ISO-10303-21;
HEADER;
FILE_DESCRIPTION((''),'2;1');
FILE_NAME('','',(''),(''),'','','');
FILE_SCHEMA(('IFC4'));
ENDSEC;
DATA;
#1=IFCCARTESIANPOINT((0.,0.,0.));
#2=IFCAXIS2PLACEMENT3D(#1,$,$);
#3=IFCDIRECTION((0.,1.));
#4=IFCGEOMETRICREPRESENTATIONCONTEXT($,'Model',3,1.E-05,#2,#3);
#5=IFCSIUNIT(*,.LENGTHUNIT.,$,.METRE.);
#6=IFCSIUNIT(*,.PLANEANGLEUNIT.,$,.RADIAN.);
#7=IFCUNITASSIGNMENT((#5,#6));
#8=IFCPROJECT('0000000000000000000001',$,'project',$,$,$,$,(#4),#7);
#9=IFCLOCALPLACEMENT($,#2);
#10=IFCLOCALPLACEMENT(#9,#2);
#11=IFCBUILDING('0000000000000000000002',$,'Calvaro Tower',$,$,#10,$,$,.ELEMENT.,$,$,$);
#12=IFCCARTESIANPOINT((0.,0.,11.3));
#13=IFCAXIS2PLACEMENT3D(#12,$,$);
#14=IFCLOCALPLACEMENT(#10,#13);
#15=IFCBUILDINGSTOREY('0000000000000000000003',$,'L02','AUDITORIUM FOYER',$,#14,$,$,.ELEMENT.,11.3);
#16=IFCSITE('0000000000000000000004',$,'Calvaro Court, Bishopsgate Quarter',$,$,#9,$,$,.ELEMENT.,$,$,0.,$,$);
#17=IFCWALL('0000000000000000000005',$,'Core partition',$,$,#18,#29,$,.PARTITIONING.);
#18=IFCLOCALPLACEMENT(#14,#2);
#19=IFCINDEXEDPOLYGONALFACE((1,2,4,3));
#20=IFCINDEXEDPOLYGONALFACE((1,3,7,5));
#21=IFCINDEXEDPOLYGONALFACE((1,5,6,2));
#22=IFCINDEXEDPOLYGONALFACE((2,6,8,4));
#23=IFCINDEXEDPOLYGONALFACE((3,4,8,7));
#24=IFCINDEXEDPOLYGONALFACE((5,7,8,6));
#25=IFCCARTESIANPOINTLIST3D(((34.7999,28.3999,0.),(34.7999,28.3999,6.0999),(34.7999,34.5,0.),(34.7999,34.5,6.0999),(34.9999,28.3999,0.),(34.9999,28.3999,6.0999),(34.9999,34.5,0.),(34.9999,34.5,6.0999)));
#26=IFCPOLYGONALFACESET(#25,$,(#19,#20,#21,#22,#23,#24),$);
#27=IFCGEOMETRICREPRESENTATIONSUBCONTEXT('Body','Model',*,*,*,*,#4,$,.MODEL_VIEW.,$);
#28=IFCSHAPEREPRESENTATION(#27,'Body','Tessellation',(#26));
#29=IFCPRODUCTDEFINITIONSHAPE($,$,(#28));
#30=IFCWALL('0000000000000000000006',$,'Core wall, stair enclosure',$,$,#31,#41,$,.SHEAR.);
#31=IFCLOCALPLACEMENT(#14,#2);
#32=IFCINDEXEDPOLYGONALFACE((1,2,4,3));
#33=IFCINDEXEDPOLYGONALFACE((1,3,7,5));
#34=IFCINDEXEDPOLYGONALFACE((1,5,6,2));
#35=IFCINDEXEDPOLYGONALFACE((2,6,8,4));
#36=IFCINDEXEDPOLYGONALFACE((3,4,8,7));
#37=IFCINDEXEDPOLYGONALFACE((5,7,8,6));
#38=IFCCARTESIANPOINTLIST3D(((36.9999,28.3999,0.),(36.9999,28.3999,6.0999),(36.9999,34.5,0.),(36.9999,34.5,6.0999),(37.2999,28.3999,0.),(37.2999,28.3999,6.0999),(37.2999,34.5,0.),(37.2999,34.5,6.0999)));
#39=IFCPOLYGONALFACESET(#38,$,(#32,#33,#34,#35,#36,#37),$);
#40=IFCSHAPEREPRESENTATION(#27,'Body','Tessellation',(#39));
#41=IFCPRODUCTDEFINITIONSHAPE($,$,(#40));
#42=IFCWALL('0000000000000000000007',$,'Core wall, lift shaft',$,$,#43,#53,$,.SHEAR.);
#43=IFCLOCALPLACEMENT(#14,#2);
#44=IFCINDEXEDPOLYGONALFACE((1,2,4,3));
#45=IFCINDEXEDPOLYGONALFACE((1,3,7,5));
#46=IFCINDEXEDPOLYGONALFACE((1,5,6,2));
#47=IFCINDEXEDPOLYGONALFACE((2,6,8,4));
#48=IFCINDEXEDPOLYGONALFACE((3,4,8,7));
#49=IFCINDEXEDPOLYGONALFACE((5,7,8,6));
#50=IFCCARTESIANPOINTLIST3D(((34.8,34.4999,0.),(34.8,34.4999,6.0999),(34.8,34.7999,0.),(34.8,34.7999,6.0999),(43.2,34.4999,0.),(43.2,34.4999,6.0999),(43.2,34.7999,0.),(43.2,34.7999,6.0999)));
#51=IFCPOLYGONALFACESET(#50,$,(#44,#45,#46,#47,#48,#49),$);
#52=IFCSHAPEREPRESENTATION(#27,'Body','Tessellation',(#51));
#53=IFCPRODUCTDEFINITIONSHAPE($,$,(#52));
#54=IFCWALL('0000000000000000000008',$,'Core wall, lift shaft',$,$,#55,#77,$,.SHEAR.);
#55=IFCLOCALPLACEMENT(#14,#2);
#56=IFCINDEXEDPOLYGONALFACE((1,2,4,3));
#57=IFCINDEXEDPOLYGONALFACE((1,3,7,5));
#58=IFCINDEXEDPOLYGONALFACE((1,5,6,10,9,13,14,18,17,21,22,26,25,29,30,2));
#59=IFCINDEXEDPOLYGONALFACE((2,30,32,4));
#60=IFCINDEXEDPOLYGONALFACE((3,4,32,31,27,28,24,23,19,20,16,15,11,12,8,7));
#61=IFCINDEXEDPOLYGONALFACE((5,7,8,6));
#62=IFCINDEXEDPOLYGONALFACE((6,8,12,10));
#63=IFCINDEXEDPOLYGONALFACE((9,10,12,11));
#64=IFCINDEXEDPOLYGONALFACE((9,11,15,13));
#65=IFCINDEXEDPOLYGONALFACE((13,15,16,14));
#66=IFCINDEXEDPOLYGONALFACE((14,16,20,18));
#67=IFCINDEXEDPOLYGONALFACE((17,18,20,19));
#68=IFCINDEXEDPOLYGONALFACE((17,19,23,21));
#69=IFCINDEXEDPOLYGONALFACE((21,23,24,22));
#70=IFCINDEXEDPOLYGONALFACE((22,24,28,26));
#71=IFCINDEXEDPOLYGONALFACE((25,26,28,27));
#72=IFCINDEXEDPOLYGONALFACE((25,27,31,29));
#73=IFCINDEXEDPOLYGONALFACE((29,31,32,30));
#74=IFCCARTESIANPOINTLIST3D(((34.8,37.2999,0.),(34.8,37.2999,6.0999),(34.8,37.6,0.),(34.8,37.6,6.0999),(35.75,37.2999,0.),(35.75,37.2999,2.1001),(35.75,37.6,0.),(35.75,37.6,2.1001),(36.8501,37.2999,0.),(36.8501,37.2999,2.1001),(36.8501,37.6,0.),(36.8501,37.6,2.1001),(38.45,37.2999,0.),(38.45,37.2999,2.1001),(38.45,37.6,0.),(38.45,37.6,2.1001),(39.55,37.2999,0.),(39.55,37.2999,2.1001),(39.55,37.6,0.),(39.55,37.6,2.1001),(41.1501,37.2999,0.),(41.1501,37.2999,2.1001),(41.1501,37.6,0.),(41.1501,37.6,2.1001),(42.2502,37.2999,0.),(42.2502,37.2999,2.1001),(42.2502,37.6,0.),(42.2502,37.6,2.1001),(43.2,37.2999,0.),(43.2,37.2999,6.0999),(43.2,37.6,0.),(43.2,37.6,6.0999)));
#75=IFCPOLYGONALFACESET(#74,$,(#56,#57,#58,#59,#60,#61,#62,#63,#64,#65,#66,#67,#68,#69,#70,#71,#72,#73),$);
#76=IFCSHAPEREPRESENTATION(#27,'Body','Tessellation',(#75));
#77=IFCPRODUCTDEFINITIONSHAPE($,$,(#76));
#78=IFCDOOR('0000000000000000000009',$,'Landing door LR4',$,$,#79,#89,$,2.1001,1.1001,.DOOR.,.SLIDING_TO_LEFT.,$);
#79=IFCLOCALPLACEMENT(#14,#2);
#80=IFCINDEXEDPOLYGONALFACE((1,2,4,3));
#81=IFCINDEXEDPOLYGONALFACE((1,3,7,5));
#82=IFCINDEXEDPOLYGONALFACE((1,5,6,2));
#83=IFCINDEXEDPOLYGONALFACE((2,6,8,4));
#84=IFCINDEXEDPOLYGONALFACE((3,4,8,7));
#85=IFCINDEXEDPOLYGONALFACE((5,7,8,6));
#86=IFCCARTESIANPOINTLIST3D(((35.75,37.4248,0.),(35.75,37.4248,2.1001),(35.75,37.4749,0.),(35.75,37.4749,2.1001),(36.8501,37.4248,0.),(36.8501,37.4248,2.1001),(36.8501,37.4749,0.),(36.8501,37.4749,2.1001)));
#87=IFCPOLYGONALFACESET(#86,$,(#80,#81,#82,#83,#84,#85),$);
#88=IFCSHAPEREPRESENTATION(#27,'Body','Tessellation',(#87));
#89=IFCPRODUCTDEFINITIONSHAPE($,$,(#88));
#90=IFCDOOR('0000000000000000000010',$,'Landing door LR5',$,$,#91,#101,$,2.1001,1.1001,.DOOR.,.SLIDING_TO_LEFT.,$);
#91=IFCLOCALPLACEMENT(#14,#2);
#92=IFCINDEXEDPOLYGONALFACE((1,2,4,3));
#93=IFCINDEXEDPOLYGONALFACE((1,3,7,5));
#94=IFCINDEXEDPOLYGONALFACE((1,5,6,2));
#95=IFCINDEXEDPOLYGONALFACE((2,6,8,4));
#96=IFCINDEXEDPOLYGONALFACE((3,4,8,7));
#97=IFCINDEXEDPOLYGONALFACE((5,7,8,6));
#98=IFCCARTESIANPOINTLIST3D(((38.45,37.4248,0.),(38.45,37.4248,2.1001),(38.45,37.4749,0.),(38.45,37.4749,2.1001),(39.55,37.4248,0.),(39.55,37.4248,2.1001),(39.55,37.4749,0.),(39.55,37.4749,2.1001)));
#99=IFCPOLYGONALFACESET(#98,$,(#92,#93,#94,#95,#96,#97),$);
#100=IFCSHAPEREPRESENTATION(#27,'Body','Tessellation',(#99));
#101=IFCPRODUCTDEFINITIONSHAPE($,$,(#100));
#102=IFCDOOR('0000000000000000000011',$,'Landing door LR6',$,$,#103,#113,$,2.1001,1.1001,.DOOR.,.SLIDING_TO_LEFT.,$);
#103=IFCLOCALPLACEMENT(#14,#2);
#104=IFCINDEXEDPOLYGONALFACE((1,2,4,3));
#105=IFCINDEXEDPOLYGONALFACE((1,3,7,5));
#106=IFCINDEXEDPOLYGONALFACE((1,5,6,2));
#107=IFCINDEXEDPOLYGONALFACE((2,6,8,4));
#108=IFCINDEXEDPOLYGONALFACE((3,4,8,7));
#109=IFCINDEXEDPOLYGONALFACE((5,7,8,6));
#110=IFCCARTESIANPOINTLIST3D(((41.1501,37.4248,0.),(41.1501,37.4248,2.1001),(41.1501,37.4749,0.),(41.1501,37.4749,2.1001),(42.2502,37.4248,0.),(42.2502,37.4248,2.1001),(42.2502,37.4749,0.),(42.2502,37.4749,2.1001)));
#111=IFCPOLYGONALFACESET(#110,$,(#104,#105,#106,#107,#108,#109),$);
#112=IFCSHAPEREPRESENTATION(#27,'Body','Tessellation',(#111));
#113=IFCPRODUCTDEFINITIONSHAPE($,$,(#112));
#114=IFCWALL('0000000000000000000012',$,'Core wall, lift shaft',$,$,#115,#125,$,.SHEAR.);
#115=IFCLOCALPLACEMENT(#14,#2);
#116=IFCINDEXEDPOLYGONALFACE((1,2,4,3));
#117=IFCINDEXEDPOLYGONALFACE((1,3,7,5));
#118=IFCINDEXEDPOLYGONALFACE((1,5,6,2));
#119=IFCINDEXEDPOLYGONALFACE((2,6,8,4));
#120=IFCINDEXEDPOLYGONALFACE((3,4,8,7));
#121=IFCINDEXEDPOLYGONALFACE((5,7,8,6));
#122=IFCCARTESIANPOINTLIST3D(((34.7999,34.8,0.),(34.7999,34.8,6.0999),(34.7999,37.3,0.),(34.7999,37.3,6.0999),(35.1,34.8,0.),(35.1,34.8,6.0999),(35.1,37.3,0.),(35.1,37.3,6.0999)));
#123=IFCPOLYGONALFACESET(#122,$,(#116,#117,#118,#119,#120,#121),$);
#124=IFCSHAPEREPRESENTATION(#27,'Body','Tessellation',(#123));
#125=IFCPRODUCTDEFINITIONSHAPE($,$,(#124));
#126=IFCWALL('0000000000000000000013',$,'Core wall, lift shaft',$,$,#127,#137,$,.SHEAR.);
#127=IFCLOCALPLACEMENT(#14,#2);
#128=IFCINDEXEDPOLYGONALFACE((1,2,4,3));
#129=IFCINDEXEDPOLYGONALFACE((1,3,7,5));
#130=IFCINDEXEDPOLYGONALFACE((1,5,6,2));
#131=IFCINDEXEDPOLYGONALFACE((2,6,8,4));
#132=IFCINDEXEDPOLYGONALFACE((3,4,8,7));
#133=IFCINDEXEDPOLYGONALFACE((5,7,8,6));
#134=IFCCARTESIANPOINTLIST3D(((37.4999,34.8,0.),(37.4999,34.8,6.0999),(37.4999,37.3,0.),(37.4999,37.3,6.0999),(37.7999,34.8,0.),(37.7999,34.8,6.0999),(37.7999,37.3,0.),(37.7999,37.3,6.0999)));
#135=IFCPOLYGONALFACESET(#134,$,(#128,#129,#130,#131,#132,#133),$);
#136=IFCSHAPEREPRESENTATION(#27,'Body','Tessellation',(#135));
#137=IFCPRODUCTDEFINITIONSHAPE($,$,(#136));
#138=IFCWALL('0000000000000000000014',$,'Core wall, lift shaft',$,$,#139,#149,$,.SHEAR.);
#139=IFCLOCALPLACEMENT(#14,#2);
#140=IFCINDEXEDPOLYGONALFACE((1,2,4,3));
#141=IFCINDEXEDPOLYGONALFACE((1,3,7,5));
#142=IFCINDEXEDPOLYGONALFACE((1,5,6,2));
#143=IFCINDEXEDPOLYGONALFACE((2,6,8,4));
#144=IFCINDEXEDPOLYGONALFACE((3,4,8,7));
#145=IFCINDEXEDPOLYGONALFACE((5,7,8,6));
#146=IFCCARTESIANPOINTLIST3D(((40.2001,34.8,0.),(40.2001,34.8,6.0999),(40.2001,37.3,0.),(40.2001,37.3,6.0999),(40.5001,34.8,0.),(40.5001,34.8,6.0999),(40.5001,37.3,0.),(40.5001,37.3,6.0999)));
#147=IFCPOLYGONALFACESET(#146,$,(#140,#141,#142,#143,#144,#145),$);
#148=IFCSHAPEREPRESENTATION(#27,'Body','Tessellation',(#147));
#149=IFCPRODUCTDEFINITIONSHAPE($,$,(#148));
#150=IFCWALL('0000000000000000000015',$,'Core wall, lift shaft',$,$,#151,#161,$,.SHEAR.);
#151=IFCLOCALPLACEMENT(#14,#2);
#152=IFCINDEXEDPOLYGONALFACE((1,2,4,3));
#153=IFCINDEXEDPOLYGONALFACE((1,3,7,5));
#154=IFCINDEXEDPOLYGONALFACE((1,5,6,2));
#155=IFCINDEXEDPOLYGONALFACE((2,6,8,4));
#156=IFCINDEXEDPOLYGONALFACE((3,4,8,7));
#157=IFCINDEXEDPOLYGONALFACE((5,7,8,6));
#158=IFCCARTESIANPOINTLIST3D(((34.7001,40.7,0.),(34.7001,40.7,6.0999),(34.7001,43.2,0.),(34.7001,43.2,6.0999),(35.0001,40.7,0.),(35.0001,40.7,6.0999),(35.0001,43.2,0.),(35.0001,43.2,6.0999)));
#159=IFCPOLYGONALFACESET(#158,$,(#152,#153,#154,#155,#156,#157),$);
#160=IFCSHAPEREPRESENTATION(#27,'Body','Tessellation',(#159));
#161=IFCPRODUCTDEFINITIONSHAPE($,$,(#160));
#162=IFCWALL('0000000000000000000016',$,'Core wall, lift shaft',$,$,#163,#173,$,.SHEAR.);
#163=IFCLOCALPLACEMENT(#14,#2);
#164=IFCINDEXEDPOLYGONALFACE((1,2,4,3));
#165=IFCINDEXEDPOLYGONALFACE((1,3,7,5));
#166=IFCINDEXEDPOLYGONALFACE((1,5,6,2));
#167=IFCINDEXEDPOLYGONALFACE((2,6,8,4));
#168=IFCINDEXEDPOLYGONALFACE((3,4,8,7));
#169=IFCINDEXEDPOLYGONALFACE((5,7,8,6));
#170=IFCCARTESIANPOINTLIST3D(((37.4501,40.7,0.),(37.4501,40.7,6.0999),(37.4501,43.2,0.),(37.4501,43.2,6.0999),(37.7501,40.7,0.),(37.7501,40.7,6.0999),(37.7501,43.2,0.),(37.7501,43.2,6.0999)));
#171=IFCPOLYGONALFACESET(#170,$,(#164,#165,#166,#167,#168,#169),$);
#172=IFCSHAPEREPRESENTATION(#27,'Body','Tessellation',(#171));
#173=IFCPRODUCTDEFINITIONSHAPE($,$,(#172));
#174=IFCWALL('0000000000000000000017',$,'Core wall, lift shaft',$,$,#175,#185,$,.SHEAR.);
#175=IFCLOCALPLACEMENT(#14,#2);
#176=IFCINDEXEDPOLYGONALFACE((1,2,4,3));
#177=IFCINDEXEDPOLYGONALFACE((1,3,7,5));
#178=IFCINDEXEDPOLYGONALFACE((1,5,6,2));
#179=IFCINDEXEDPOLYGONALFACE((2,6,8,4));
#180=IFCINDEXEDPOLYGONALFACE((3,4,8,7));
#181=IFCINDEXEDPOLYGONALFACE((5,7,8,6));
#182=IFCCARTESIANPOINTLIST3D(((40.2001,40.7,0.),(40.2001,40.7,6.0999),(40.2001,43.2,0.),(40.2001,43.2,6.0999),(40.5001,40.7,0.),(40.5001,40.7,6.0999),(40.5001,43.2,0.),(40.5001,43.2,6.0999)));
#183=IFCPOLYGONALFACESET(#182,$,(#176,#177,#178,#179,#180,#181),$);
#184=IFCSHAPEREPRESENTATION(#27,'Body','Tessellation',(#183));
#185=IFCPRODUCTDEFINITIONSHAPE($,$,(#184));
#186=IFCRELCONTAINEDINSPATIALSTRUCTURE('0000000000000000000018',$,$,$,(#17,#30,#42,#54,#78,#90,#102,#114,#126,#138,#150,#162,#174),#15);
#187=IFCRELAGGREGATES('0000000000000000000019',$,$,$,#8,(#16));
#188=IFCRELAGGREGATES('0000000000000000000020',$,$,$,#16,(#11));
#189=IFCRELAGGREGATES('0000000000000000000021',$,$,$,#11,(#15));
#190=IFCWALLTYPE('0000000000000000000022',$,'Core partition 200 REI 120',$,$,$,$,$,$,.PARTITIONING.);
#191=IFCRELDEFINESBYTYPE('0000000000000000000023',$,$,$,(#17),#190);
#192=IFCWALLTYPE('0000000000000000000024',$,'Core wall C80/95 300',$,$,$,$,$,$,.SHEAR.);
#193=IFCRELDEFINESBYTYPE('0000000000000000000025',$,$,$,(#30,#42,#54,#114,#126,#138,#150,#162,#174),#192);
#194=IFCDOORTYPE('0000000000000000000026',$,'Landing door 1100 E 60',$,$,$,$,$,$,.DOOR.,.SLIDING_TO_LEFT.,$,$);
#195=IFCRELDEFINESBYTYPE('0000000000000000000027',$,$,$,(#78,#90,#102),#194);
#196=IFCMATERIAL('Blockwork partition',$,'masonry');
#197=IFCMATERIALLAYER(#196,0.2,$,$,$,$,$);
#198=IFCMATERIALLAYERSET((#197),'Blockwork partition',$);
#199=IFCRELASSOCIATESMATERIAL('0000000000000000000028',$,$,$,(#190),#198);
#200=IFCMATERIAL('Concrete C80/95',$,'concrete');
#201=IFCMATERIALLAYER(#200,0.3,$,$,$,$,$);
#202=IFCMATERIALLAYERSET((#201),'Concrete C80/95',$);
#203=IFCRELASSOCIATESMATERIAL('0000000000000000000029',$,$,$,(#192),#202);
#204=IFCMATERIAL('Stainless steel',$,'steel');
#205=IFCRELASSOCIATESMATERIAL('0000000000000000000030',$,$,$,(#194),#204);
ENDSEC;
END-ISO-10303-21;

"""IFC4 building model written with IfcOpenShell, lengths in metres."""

from ifc_helpers import new_model, si_unit, direction, frame, frame_2d, origin, place, context, subcontext, project, spatial, rectangle, extrude, material, layer, layer_set, type_object, element, fill, save


model = new_model("IFC4")

# Units and contexts
model_context = context("Model", 3, precision=1e-05, world=origin(), true_north=direction((0.0, 1.0)))
body_context = subcontext(model_context, "Body", "Model", "MODEL_VIEW")
ifc_project = project(units=[si_unit("LENGTHUNIT", "METRE"), si_unit("PLANEANGLEUNIT", "RADIAN")], contexts=[model_context])

# Site, building, storey
site_placement = place(None, origin())
site = spatial("IfcSite", under=ifc_project, at=site_placement, Name="Calvaro Court, Bishopsgate Quarter", CompositionType="ELEMENT", RefElevation=0.0)
building_placement = place(site_placement, origin())
building = spatial("IfcBuilding", under=site, at=building_placement, Name="Calvaro Tower", CompositionType="ELEMENT")
storey_placement = place(building_placement, frame((0.0, 0.0, 11.3)))
storey = spatial("IfcBuildingStorey", under=building, at=storey_placement, Name="L02", Description="AUDITORIUM FOYER", CompositionType="ELEMENT", Elevation=11.3)

# Walls
ifc_material_1 = material(Name="Blockwork partition", Category="masonry")
ifc_layer_1 = layer(ifc_material_1, 0.2)
ifc_layer_set_1 = layer_set([ifc_layer_1], Name="Blockwork partition")
wall_type_1 = type_object("IfcWallType", Name="Core partition 200 REI 120", PredefinedType="PARTITIONING", material=ifc_layer_set_1)
wall_1_placement = place(storey_placement, frame((34.8999, 28.3999, 0.0), z_axis=(0.0, 0.0, 1.0), x_axis=(0.0, 1.0, 0.0)))
element("IfcWall", 1, at=wall_1_placement, inside=storey, type_object=wall_type_1, Name="Core partition", PredefinedType="PARTITIONING", context=body_context, shape_type="SweptSolid", body=[
    extrude(rectangle(XDim=6.1001, YDim=0.2, at=frame_2d((3.05, 0.0))), origin(), (0.0, 0.0, 1.0), 6.0999),
])
ifc_material_2 = material(Name="Concrete C80/95", Category="concrete")
ifc_layer_2 = layer(ifc_material_2, 0.3)
ifc_layer_set_2 = layer_set([ifc_layer_2], Name="Concrete C80/95")
wall_type_2 = type_object("IfcWallType", Name="Core wall C80/95 300", PredefinedType="SHEAR", material=ifc_layer_set_2)
wall_2_placement = place(storey_placement, frame((37.1499, 28.3999, 0.0), z_axis=(0.0, 0.0, 1.0), x_axis=(0.0, 1.0, 0.0)))
element("IfcWall", 2, at=wall_2_placement, inside=storey, type_object=wall_type_2, Name="Core wall, stair enclosure", PredefinedType="SHEAR", context=body_context, shape_type="SweptSolid", body=[
    extrude(rectangle(XDim=6.1001, YDim=0.3, at=frame_2d((3.05, 0.0))), origin(), (0.0, 0.0, 1.0), 6.0999),
])
wall_3_placement = place(storey_placement, frame((34.8, 34.6499, 0.0), z_axis=(0.0, 0.0, 1.0), x_axis=(1.0, 0.0, 0.0)))
element("IfcWall", 3, at=wall_3_placement, inside=storey, type_object=wall_type_2, Name="Core wall, lift shaft", PredefinedType="SHEAR", context=body_context, shape_type="SweptSolid", body=[
    extrude(rectangle(XDim=8.3999, YDim=0.3, at=frame_2d((4.2, 0.0))), origin(), (0.0, 0.0, 1.0), 6.0999),
])

# Wall, openings, doors
wall_4_placement = place(storey_placement, frame((34.8, 37.45, 0.0), z_axis=(0.0, 0.0, 1.0), x_axis=(1.0, 0.0, 0.0)))
wall_4 = element("IfcWall", 4, at=wall_4_placement, inside=storey, type_object=wall_type_2, Name="Core wall, lift shaft", PredefinedType="SHEAR", context=body_context, shape_type="SweptSolid", body=[
    extrude(rectangle(XDim=8.3999, YDim=0.3, at=frame_2d((4.2, 0.0))), origin(), (0.0, 0.0, 1.0), 6.0999),
])
opening_1_placement = place(wall_4_placement, frame((0.95, 0.0, 0.0)))
opening_1 = element("IfcOpeningElement", 5, at=opening_1_placement, cuts=wall_4, PredefinedType="OPENING", context=body_context, shape_type="SweptSolid", body=[
    extrude(rectangle(XDim=1.1001, YDim=2.1001, at=frame_2d((0.55, 1.05))), frame((0.0, 0.1599, 0.0), z_axis=(0.0, -1.0, 0.0), x_axis=(1.0, 0.0, 0.0)), (0.0, 0.0, 1.0), 0.3201),
])
opening_2_placement = place(wall_4_placement, frame((3.6499, 0.0, 0.0)))
opening_2 = element("IfcOpeningElement", 6, at=opening_2_placement, cuts=wall_4, PredefinedType="OPENING", context=body_context, shape_type="SweptSolid", body=[
    extrude(rectangle(XDim=1.1001, YDim=2.1001, at=frame_2d((0.55, 1.05))), frame((0.0, 0.1599, 0.0), z_axis=(0.0, -1.0, 0.0), x_axis=(1.0, 0.0, 0.0)), (0.0, 0.0, 1.0), 0.3201),
])
opening_3_placement = place(wall_4_placement, frame((6.3501, 0.0, 0.0)))
opening_3 = element("IfcOpeningElement", 7, at=opening_3_placement, cuts=wall_4, PredefinedType="OPENING", context=body_context, shape_type="SweptSolid", body=[
    extrude(rectangle(XDim=1.1001, YDim=2.1001, at=frame_2d((0.55, 1.05))), frame((0.0, 0.1599, 0.0), z_axis=(0.0, -1.0, 0.0), x_axis=(1.0, 0.0, 0.0)), (0.0, 0.0, 1.0), 0.3201),
])
ifc_material_3 = material(Name="Stainless steel", Category="steel")
door_type = type_object("IfcDoorType", Name="Landing door 1100 E 60", OperationType="SLIDING_TO_LEFT", PredefinedType="DOOR", material=ifc_material_3)
door_1_placement = place(opening_1_placement, origin())
door_1 = element("IfcDoor", 8, at=door_1_placement, inside=storey, type_object=door_type, Name="Landing door LR4", OperationType="SLIDING_TO_LEFT", OverallHeight=2.1001, OverallWidth=1.1001, PredefinedType="DOOR", context=body_context, shape_type="SweptSolid", body=[
    extrude(rectangle(XDim=1.1001, YDim=2.1001, at=frame_2d((0.55, 1.05))), frame((0.0, 0.0249, 0.0), z_axis=(0.0, -1.0, 0.0), x_axis=(1.0, 0.0, 0.0)), (0.0, 0.0, 1.0), 0.05),
])
fill(opening_1, door_1)
door_2_placement = place(opening_2_placement, origin())
door_2 = element("IfcDoor", 9, at=door_2_placement, inside=storey, type_object=door_type, Name="Landing door LR5", OperationType="SLIDING_TO_LEFT", OverallHeight=2.1001, OverallWidth=1.1001, PredefinedType="DOOR", context=body_context, shape_type="SweptSolid", body=[
    extrude(rectangle(XDim=1.1001, YDim=2.1001, at=frame_2d((0.55, 1.05))), frame((0.0, 0.0249, 0.0), z_axis=(0.0, -1.0, 0.0), x_axis=(1.0, 0.0, 0.0)), (0.0, 0.0, 1.0), 0.05),
])
fill(opening_2, door_2)
door_3_placement = place(opening_3_placement, origin())
door_3 = element("IfcDoor", 10, at=door_3_placement, inside=storey, type_object=door_type, Name="Landing door LR6", OperationType="SLIDING_TO_LEFT", OverallHeight=2.1001, OverallWidth=1.1001, PredefinedType="DOOR", context=body_context, shape_type="SweptSolid", body=[
    extrude(rectangle(XDim=1.1001, YDim=2.1001, at=frame_2d((0.55, 1.05))), frame((0.0, 0.0249, 0.0), z_axis=(0.0, -1.0, 0.0), x_axis=(1.0, 0.0, 0.0)), (0.0, 0.0, 1.0), 0.05),
])
fill(opening_3, door_3)

# Walls
for number, where, z_axis, x_axis, name in (
    (11, (34.95, 34.8, 0.0), (0.0, 0.0, 1.0), (0.0, 1.0, 0.0), "Core wall, lift shaft"),
    (12, (37.6499, 34.8, 0.0), (0.0, 0.0, 1.0), (0.0, 1.0, 0.0), "Core wall, lift shaft"),
    (13, (40.3501, 34.8, 0.0), (0.0, 0.0, 1.0), (0.0, 1.0, 0.0), "Core wall, lift shaft"),
    (14, (34.8501, 40.7, 0.0), (0.0, 0.0, 1.0), (0.0, 1.0, 0.0), "Core wall, lift shaft"),
    (15, (37.6001, 40.7, 0.0), (0.0, 0.0, 1.0), (0.0, 1.0, 0.0), "Core wall, lift shaft"),
    (16, (40.3501, 40.7, 0.0), (0.0, 0.0, 1.0), (0.0, 1.0, 0.0), "Core wall, lift shaft"),
):
    element("IfcWall", number, at=place(storey_placement, frame(where, z_axis=z_axis, x_axis=x_axis)), inside=storey, type_object=wall_type_2, Name=name, PredefinedType="SHEAR", context=body_context, shape_type="SweptSolid", body=[
        extrude(rectangle(XDim=2.5, YDim=0.3, at=frame_2d((1.25, 0.0))), origin(), (0.0, 0.0, 1.0), 6.0999),
    ])

save(model, "model.ifc")
